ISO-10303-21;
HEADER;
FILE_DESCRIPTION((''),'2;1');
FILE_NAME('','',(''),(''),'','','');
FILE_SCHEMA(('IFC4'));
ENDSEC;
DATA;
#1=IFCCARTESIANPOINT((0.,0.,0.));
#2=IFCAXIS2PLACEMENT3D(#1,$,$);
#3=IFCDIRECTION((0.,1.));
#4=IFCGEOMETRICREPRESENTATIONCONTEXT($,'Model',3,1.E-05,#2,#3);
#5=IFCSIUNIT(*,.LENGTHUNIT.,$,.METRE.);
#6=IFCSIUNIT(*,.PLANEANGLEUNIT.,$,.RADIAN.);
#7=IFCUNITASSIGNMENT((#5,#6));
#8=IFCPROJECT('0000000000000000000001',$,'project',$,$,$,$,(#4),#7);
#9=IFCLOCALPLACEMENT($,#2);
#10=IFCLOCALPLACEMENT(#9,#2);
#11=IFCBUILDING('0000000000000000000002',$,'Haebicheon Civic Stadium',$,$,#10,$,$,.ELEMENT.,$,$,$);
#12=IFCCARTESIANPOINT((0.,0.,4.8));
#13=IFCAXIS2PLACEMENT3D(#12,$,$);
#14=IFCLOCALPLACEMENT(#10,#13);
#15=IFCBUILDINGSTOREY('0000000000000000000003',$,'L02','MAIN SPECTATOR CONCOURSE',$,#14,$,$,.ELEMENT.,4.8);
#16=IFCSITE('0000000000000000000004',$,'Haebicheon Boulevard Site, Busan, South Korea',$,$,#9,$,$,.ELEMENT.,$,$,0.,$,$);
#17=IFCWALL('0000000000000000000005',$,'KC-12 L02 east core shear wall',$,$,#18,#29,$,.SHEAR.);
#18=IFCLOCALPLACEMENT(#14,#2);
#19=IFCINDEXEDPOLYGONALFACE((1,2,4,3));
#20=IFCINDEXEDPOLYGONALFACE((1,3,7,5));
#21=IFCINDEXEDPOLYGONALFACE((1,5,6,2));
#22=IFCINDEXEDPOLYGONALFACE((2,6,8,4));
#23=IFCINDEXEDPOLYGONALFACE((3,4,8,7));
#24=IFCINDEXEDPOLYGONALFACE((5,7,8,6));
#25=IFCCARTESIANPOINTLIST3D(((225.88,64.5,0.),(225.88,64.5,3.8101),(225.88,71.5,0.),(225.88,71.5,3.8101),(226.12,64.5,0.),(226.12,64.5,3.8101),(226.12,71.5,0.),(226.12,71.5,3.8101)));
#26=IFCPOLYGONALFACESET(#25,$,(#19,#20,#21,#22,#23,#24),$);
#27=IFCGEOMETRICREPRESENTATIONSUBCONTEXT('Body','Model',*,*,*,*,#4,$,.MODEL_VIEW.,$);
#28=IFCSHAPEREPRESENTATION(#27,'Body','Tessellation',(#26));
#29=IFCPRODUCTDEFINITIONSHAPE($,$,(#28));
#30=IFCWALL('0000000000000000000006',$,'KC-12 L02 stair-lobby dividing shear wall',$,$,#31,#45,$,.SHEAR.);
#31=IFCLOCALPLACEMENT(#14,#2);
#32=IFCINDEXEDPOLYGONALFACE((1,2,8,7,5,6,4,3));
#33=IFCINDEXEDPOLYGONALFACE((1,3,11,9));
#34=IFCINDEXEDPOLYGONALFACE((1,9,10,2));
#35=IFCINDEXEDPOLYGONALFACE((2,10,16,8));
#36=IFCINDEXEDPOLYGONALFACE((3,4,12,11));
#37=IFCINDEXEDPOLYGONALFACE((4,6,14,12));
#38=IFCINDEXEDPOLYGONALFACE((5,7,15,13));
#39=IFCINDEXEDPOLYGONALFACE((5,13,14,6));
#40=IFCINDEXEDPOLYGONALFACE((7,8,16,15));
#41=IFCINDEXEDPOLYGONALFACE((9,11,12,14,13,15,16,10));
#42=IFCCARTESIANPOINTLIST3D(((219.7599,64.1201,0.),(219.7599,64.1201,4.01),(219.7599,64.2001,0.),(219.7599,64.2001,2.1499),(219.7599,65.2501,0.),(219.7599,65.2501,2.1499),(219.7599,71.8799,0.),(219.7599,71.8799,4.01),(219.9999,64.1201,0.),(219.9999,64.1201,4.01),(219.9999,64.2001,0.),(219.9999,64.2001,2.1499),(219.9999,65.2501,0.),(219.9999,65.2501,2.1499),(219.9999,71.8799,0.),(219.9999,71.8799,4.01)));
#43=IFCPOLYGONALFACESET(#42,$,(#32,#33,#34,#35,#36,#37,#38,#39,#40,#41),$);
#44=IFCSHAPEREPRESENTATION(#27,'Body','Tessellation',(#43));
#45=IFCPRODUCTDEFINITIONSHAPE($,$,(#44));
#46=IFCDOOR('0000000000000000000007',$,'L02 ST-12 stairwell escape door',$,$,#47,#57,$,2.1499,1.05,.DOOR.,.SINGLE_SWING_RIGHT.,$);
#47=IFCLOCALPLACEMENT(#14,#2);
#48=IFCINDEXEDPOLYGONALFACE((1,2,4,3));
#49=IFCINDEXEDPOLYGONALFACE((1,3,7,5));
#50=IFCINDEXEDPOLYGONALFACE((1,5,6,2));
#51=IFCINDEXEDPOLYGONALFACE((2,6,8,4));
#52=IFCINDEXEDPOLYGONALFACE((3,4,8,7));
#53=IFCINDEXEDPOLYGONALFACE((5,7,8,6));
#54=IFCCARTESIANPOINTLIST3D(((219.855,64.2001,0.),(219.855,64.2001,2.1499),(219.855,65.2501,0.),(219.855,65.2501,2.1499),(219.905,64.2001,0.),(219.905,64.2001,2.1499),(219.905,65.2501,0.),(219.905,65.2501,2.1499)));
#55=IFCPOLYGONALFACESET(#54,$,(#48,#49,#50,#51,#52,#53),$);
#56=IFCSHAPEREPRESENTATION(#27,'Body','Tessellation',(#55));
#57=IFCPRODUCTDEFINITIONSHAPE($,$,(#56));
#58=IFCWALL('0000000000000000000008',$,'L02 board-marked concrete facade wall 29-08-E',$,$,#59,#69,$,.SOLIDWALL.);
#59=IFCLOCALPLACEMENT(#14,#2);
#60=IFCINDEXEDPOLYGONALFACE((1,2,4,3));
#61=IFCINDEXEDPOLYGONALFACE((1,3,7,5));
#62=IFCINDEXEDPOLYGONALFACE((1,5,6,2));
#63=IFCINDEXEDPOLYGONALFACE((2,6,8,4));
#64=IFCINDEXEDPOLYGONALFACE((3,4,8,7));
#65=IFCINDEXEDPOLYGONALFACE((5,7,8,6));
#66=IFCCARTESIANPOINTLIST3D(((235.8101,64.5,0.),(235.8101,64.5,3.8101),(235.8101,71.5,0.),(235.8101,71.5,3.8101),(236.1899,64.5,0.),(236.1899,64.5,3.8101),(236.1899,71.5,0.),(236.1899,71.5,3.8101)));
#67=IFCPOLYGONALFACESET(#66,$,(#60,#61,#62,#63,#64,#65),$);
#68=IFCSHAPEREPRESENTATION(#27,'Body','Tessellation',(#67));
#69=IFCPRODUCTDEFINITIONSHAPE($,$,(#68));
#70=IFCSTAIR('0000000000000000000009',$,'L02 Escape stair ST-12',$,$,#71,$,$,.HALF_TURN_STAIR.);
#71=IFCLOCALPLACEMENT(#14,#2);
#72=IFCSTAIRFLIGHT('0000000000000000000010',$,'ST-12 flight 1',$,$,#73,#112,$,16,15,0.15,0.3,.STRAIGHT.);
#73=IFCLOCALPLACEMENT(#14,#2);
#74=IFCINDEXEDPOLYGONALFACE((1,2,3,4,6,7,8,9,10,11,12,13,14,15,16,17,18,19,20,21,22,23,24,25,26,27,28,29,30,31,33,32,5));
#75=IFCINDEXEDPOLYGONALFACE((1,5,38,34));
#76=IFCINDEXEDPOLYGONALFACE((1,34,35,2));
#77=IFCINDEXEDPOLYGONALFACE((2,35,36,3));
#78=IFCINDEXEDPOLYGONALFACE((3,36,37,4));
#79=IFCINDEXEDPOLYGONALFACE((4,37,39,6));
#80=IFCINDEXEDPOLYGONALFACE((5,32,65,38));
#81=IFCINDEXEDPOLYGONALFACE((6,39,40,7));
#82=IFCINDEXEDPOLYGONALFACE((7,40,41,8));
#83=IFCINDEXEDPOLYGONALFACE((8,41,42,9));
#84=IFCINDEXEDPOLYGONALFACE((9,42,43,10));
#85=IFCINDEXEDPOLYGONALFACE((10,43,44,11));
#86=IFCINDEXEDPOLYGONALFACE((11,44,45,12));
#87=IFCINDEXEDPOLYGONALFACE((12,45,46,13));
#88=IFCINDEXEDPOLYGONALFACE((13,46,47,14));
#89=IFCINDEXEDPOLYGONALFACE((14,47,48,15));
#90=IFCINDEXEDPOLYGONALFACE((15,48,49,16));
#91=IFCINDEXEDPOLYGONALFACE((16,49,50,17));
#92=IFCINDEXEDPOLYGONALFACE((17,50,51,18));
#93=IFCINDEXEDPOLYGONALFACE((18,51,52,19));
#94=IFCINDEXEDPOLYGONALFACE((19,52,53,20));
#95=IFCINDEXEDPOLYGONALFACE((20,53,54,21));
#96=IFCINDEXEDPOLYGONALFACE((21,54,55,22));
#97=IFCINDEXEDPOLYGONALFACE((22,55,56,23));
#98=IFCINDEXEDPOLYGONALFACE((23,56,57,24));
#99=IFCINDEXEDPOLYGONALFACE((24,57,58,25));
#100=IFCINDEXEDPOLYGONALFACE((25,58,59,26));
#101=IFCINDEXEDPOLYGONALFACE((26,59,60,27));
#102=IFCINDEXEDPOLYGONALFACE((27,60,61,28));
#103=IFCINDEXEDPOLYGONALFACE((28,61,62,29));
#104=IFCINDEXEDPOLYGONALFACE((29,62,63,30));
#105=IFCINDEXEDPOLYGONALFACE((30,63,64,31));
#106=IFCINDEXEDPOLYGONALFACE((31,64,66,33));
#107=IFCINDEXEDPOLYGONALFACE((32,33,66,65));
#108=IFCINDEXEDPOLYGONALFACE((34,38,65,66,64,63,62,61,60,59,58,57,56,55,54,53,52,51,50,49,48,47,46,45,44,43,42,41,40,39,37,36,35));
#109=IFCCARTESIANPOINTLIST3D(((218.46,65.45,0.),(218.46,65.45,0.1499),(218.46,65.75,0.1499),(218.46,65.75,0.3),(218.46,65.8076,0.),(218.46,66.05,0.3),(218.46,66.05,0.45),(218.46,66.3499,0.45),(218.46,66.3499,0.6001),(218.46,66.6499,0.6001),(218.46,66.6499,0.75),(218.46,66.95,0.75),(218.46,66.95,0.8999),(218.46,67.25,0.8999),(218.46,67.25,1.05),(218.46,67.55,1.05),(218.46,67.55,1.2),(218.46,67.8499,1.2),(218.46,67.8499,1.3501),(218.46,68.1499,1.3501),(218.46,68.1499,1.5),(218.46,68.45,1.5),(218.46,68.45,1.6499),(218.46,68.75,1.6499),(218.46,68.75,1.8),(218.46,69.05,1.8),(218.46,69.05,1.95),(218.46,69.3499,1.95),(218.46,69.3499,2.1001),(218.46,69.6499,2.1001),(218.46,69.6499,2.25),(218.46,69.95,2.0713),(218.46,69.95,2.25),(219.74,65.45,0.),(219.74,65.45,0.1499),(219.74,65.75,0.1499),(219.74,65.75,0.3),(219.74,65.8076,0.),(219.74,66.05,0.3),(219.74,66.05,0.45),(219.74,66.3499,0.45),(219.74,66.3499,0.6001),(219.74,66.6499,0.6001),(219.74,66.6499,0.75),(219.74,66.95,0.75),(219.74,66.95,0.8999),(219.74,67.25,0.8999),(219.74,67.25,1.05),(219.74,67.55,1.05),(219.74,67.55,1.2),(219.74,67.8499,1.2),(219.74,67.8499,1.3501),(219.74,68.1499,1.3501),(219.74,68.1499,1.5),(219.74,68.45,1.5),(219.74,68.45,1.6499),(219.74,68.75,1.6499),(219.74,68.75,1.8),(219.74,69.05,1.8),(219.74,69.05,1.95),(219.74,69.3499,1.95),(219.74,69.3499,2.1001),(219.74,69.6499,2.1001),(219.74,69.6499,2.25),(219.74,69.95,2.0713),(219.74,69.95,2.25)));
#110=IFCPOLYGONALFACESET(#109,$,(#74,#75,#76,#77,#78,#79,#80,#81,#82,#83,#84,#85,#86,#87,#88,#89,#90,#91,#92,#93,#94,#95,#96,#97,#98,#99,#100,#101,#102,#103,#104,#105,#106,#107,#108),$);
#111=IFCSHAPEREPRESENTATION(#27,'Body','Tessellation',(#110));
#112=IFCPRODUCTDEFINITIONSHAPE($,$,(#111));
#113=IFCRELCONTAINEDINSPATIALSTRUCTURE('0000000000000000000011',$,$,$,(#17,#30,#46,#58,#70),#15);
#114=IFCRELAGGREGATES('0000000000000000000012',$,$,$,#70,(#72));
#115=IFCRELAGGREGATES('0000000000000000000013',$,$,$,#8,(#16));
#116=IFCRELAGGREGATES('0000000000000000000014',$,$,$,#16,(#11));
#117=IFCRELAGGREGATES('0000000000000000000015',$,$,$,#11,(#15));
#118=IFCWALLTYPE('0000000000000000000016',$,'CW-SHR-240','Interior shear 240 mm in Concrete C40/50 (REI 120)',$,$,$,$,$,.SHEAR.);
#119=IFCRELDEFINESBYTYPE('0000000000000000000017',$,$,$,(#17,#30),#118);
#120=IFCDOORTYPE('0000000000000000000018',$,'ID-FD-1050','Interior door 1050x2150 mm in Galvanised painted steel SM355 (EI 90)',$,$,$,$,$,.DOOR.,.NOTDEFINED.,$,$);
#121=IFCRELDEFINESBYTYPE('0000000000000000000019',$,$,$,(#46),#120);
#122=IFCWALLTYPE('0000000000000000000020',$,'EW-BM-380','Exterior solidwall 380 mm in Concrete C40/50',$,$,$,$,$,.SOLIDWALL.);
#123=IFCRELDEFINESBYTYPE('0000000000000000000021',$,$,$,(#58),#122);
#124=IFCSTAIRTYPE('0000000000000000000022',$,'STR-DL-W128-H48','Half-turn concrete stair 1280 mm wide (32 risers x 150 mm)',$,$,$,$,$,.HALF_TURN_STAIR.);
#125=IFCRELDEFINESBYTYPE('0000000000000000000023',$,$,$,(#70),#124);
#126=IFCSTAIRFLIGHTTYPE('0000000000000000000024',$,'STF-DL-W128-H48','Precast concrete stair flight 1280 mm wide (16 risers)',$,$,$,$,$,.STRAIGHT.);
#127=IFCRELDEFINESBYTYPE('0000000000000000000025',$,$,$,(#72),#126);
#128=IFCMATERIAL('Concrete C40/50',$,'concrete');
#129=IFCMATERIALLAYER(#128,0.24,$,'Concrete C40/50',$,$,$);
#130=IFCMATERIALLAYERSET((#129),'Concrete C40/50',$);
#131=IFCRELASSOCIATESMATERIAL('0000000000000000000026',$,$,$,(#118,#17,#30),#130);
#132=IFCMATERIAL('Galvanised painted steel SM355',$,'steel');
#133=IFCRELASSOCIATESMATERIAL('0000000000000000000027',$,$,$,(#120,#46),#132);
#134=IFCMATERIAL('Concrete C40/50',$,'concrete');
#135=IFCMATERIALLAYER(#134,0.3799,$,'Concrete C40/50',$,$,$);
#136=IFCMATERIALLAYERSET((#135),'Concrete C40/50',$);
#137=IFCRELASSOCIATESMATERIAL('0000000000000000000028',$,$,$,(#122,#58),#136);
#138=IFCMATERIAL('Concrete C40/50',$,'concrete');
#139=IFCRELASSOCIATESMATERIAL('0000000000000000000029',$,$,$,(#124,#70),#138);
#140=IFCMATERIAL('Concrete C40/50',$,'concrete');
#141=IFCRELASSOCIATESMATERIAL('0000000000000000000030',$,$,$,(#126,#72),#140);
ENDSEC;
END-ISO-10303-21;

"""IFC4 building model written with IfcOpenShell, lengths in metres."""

from ifc_helpers import new_model, si_unit, direction, frame, frame_2d, origin, place, context, subcontext, project, spatial, polyline, rectangle, outline, extrude, material, layer, layer_set, type_object, element, fill, aggregate, save


model = new_model("IFC4")

# Units and contexts
model_context = context("Model", 3, precision=1e-05, world=origin(), true_north=direction((0.0, 1.0)))
body_context = subcontext(model_context, "Body", "Model", "MODEL_VIEW")
ifc_project = project(units=[si_unit("LENGTHUNIT", "METRE"), si_unit("PLANEANGLEUNIT", "RADIAN")], contexts=[model_context])

# Site, building, storey
site_placement = place(None, origin())
site = spatial("IfcSite", under=ifc_project, at=site_placement, Name="Haebicheon Boulevard Site, Busan, South Korea", CompositionType="ELEMENT", RefElevation=0.0)
building_placement = place(site_placement, origin())
building = spatial("IfcBuilding", under=site, at=building_placement, Name="Haebicheon Civic Stadium", CompositionType="ELEMENT")
storey_placement = place(building_placement, frame((0.0, 0.0, 4.8)))
storey = spatial("IfcBuildingStorey", under=building, at=storey_placement, Name="L02", Description="MAIN SPECTATOR CONCOURSE", CompositionType="ELEMENT", Elevation=4.8)

# Wall
ifc_material_1 = material(Name="Concrete C40/50", Category="concrete")
ifc_layer_1 = layer(ifc_material_1, 0.24, Name="Concrete C40/50")
ifc_layer_set_1 = layer_set([ifc_layer_1], Name="Concrete C40/50")
wall_type_1 = type_object("IfcWallType", Name="CW-SHR-240", Description="Interior shear 240 mm in Concrete C40/50 (REI 120)", PredefinedType="SHEAR", material=ifc_layer_set_1)
wall_1_placement = place(storey_placement, frame((226.0, 64.5, 0.0), z_axis=(0.0, 0.0, 1.0), x_axis=(0.0, 1.0, 0.0)))
element("IfcWall", 1, at=wall_1_placement, inside=storey, type_object=wall_type_1, material=ifc_layer_set_1, Name="KC-12 L02 east core shear wall", PredefinedType="SHEAR", context=body_context, shape_type="SweptSolid", body=[
    extrude(rectangle(XDim=7.0, YDim=0.24, at=frame_2d((3.5, 0.0))), origin(), (0.0, 0.0, 1.0), 3.8101),
])

# Wall, opening, door
wall_2_placement = place(storey_placement, frame((219.8799, 64.1201, 0.0), z_axis=(0.0, 0.0, 1.0), x_axis=(0.0, 1.0, 0.0)))
wall_2 = element("IfcWall", 2, at=wall_2_placement, inside=storey, type_object=wall_type_1, material=ifc_layer_set_1, Name="KC-12 L02 stair-lobby dividing shear wall", PredefinedType="SHEAR", context=body_context, shape_type="SweptSolid", body=[
    extrude(rectangle(XDim=7.7598, YDim=0.24, at=frame_2d((3.8799, 0.0))), origin(), (0.0, 0.0, 1.0), 4.01),
])
opening_placement = place(wall_2_placement, frame((0.0801, 0.0, 0.0)))
opening = element("IfcOpeningElement", 3, at=opening_placement, cuts=wall_2, PredefinedType="OPENING", context=body_context, shape_type="SweptSolid", body=[
    extrude(rectangle(XDim=1.05, YDim=2.1499, at=frame_2d((0.5249, 1.075))), frame((0.0, 0.1299, 0.0), z_axis=(0.0, -1.0, 0.0), x_axis=(1.0, 0.0, 0.0)), (0.0, 0.0, 1.0), 0.26),
])
ifc_material_2 = material(Name="Galvanised painted steel SM355", Category="steel")
door_type = type_object("IfcDoorType", Name="ID-FD-1050", Description="Interior door 1050x2150 mm in Galvanised painted steel SM355 (EI 90)", OperationType="NOTDEFINED", PredefinedType="DOOR", material=ifc_material_2)
door_placement = place(opening_placement, origin())
door = element("IfcDoor", 4, at=door_placement, inside=storey, type_object=door_type, material=ifc_material_2, Name="L02 ST-12 stairwell escape door", OperationType="SINGLE_SWING_RIGHT", OverallHeight=2.1499, OverallWidth=1.05, PredefinedType="DOOR", context=body_context, shape_type="SweptSolid", body=[
    extrude(rectangle(XDim=1.05, YDim=2.1499, at=frame_2d((0.5249, 1.075))), frame((0.0, 0.0249, 0.0), z_axis=(0.0, -1.0, 0.0), x_axis=(1.0, 0.0, 0.0)), (0.0, 0.0, 1.0), 0.05),
])
fill(opening, door)

# Wall
ifc_material_3 = material(Name="Concrete C40/50", Category="concrete")
ifc_layer_2 = layer(ifc_material_3, 0.3799, Name="Concrete C40/50")
ifc_layer_set_2 = layer_set([ifc_layer_2], Name="Concrete C40/50")
wall_type_2 = type_object("IfcWallType", Name="EW-BM-380", Description="Exterior solidwall 380 mm in Concrete C40/50", PredefinedType="SOLIDWALL", material=ifc_layer_set_2)
wall_3_placement = place(storey_placement, frame((236.0, 64.5, 0.0), z_axis=(0.0, 0.0, 1.0), x_axis=(0.0, 1.0, 0.0)))
element("IfcWall", 5, at=wall_3_placement, inside=storey, type_object=wall_type_2, material=ifc_layer_set_2, Name="L02 board-marked concrete facade wall 29-08-E", PredefinedType="SOLIDWALL", context=body_context, shape_type="SweptSolid", body=[
    extrude(rectangle(XDim=7.0, YDim=0.3799, at=frame_2d((3.5, 0.0))), origin(), (0.0, 0.0, 1.0), 3.8101),
])

# Stair, stair flight
ifc_material_4 = material(Name="Concrete C40/50", Category="concrete")
stair_type = type_object("IfcStairType", Name="STR-DL-W128-H48", Description="Half-turn concrete stair 1280 mm wide (32 risers x 150 mm)", PredefinedType="HALF_TURN_STAIR", material=ifc_material_4)
stair_placement = place(storey_placement, origin())
stair = element("IfcStair", 6, at=stair_placement, inside=storey, type_object=stair_type, material=ifc_material_4, Name="L02 Escape stair ST-12", PredefinedType="HALF_TURN_STAIR")
ifc_material_5 = material(Name="Concrete C40/50", Category="concrete")
stair_flight_type = type_object("IfcStairFlightType", Name="STF-DL-W128-H48", Description="Precast concrete stair flight 1280 mm wide (16 risers)", PredefinedType="STRAIGHT", material=ifc_material_5)
stair_flight_placement = place(storey_placement, frame((219.1001, 65.45, 0.0), z_axis=(0.0, 0.0, 1.0), x_axis=(0.0, 1.0, 0.0)))
stair_flight = element("IfcStairFlight", 7, at=stair_flight_placement, type_object=stair_flight_type, material=ifc_material_5, Name="ST-12 flight 1", NumberOfRisers=16, NumberOfTreads=15, PredefinedType="STRAIGHT", RiserHeight=0.15, TreadLength=0.3, context=body_context, shape_type="SweptSolid", body=[
    extrude(outline(polyline([(0.0, 0.0), (0.0, 0.1499), (0.3, 0.1499), (0.3, 0.3), (0.6001, 0.3), (0.6001, 0.45), (0.8999, 0.45), (0.8999, 0.6001), (1.2, 0.6001), (1.2, 0.75), (1.5, 0.75), (1.5, 0.8999), (1.8, 0.8999), (1.8, 1.05), (2.1001, 1.05), (2.1001, 1.2), (2.3999, 1.2), (2.3999, 1.3501), (2.7, 1.3501), (2.7, 1.5), (3.0, 1.5), (3.0, 1.6499), (3.3, 1.6499), (3.3, 1.8), (3.6001, 1.8), (3.6001, 1.95), (3.8999, 1.95), (3.8999, 2.1001), (4.2, 2.1001), (4.2, 2.25), (4.5, 2.25), (4.5, 2.3999), (4.5, 2.0713), (0.3577, 0.0), (0.0, 0.0)])), frame((0.0, 0.6401, 0.0), z_axis=(0.0, -1.0, 0.0), x_axis=(1.0, 0.0, 0.0)), (0.0, 0.0, 1.0), 1.28),
])
aggregate(stair, [stair_flight])

save(model, "model.ifc")
